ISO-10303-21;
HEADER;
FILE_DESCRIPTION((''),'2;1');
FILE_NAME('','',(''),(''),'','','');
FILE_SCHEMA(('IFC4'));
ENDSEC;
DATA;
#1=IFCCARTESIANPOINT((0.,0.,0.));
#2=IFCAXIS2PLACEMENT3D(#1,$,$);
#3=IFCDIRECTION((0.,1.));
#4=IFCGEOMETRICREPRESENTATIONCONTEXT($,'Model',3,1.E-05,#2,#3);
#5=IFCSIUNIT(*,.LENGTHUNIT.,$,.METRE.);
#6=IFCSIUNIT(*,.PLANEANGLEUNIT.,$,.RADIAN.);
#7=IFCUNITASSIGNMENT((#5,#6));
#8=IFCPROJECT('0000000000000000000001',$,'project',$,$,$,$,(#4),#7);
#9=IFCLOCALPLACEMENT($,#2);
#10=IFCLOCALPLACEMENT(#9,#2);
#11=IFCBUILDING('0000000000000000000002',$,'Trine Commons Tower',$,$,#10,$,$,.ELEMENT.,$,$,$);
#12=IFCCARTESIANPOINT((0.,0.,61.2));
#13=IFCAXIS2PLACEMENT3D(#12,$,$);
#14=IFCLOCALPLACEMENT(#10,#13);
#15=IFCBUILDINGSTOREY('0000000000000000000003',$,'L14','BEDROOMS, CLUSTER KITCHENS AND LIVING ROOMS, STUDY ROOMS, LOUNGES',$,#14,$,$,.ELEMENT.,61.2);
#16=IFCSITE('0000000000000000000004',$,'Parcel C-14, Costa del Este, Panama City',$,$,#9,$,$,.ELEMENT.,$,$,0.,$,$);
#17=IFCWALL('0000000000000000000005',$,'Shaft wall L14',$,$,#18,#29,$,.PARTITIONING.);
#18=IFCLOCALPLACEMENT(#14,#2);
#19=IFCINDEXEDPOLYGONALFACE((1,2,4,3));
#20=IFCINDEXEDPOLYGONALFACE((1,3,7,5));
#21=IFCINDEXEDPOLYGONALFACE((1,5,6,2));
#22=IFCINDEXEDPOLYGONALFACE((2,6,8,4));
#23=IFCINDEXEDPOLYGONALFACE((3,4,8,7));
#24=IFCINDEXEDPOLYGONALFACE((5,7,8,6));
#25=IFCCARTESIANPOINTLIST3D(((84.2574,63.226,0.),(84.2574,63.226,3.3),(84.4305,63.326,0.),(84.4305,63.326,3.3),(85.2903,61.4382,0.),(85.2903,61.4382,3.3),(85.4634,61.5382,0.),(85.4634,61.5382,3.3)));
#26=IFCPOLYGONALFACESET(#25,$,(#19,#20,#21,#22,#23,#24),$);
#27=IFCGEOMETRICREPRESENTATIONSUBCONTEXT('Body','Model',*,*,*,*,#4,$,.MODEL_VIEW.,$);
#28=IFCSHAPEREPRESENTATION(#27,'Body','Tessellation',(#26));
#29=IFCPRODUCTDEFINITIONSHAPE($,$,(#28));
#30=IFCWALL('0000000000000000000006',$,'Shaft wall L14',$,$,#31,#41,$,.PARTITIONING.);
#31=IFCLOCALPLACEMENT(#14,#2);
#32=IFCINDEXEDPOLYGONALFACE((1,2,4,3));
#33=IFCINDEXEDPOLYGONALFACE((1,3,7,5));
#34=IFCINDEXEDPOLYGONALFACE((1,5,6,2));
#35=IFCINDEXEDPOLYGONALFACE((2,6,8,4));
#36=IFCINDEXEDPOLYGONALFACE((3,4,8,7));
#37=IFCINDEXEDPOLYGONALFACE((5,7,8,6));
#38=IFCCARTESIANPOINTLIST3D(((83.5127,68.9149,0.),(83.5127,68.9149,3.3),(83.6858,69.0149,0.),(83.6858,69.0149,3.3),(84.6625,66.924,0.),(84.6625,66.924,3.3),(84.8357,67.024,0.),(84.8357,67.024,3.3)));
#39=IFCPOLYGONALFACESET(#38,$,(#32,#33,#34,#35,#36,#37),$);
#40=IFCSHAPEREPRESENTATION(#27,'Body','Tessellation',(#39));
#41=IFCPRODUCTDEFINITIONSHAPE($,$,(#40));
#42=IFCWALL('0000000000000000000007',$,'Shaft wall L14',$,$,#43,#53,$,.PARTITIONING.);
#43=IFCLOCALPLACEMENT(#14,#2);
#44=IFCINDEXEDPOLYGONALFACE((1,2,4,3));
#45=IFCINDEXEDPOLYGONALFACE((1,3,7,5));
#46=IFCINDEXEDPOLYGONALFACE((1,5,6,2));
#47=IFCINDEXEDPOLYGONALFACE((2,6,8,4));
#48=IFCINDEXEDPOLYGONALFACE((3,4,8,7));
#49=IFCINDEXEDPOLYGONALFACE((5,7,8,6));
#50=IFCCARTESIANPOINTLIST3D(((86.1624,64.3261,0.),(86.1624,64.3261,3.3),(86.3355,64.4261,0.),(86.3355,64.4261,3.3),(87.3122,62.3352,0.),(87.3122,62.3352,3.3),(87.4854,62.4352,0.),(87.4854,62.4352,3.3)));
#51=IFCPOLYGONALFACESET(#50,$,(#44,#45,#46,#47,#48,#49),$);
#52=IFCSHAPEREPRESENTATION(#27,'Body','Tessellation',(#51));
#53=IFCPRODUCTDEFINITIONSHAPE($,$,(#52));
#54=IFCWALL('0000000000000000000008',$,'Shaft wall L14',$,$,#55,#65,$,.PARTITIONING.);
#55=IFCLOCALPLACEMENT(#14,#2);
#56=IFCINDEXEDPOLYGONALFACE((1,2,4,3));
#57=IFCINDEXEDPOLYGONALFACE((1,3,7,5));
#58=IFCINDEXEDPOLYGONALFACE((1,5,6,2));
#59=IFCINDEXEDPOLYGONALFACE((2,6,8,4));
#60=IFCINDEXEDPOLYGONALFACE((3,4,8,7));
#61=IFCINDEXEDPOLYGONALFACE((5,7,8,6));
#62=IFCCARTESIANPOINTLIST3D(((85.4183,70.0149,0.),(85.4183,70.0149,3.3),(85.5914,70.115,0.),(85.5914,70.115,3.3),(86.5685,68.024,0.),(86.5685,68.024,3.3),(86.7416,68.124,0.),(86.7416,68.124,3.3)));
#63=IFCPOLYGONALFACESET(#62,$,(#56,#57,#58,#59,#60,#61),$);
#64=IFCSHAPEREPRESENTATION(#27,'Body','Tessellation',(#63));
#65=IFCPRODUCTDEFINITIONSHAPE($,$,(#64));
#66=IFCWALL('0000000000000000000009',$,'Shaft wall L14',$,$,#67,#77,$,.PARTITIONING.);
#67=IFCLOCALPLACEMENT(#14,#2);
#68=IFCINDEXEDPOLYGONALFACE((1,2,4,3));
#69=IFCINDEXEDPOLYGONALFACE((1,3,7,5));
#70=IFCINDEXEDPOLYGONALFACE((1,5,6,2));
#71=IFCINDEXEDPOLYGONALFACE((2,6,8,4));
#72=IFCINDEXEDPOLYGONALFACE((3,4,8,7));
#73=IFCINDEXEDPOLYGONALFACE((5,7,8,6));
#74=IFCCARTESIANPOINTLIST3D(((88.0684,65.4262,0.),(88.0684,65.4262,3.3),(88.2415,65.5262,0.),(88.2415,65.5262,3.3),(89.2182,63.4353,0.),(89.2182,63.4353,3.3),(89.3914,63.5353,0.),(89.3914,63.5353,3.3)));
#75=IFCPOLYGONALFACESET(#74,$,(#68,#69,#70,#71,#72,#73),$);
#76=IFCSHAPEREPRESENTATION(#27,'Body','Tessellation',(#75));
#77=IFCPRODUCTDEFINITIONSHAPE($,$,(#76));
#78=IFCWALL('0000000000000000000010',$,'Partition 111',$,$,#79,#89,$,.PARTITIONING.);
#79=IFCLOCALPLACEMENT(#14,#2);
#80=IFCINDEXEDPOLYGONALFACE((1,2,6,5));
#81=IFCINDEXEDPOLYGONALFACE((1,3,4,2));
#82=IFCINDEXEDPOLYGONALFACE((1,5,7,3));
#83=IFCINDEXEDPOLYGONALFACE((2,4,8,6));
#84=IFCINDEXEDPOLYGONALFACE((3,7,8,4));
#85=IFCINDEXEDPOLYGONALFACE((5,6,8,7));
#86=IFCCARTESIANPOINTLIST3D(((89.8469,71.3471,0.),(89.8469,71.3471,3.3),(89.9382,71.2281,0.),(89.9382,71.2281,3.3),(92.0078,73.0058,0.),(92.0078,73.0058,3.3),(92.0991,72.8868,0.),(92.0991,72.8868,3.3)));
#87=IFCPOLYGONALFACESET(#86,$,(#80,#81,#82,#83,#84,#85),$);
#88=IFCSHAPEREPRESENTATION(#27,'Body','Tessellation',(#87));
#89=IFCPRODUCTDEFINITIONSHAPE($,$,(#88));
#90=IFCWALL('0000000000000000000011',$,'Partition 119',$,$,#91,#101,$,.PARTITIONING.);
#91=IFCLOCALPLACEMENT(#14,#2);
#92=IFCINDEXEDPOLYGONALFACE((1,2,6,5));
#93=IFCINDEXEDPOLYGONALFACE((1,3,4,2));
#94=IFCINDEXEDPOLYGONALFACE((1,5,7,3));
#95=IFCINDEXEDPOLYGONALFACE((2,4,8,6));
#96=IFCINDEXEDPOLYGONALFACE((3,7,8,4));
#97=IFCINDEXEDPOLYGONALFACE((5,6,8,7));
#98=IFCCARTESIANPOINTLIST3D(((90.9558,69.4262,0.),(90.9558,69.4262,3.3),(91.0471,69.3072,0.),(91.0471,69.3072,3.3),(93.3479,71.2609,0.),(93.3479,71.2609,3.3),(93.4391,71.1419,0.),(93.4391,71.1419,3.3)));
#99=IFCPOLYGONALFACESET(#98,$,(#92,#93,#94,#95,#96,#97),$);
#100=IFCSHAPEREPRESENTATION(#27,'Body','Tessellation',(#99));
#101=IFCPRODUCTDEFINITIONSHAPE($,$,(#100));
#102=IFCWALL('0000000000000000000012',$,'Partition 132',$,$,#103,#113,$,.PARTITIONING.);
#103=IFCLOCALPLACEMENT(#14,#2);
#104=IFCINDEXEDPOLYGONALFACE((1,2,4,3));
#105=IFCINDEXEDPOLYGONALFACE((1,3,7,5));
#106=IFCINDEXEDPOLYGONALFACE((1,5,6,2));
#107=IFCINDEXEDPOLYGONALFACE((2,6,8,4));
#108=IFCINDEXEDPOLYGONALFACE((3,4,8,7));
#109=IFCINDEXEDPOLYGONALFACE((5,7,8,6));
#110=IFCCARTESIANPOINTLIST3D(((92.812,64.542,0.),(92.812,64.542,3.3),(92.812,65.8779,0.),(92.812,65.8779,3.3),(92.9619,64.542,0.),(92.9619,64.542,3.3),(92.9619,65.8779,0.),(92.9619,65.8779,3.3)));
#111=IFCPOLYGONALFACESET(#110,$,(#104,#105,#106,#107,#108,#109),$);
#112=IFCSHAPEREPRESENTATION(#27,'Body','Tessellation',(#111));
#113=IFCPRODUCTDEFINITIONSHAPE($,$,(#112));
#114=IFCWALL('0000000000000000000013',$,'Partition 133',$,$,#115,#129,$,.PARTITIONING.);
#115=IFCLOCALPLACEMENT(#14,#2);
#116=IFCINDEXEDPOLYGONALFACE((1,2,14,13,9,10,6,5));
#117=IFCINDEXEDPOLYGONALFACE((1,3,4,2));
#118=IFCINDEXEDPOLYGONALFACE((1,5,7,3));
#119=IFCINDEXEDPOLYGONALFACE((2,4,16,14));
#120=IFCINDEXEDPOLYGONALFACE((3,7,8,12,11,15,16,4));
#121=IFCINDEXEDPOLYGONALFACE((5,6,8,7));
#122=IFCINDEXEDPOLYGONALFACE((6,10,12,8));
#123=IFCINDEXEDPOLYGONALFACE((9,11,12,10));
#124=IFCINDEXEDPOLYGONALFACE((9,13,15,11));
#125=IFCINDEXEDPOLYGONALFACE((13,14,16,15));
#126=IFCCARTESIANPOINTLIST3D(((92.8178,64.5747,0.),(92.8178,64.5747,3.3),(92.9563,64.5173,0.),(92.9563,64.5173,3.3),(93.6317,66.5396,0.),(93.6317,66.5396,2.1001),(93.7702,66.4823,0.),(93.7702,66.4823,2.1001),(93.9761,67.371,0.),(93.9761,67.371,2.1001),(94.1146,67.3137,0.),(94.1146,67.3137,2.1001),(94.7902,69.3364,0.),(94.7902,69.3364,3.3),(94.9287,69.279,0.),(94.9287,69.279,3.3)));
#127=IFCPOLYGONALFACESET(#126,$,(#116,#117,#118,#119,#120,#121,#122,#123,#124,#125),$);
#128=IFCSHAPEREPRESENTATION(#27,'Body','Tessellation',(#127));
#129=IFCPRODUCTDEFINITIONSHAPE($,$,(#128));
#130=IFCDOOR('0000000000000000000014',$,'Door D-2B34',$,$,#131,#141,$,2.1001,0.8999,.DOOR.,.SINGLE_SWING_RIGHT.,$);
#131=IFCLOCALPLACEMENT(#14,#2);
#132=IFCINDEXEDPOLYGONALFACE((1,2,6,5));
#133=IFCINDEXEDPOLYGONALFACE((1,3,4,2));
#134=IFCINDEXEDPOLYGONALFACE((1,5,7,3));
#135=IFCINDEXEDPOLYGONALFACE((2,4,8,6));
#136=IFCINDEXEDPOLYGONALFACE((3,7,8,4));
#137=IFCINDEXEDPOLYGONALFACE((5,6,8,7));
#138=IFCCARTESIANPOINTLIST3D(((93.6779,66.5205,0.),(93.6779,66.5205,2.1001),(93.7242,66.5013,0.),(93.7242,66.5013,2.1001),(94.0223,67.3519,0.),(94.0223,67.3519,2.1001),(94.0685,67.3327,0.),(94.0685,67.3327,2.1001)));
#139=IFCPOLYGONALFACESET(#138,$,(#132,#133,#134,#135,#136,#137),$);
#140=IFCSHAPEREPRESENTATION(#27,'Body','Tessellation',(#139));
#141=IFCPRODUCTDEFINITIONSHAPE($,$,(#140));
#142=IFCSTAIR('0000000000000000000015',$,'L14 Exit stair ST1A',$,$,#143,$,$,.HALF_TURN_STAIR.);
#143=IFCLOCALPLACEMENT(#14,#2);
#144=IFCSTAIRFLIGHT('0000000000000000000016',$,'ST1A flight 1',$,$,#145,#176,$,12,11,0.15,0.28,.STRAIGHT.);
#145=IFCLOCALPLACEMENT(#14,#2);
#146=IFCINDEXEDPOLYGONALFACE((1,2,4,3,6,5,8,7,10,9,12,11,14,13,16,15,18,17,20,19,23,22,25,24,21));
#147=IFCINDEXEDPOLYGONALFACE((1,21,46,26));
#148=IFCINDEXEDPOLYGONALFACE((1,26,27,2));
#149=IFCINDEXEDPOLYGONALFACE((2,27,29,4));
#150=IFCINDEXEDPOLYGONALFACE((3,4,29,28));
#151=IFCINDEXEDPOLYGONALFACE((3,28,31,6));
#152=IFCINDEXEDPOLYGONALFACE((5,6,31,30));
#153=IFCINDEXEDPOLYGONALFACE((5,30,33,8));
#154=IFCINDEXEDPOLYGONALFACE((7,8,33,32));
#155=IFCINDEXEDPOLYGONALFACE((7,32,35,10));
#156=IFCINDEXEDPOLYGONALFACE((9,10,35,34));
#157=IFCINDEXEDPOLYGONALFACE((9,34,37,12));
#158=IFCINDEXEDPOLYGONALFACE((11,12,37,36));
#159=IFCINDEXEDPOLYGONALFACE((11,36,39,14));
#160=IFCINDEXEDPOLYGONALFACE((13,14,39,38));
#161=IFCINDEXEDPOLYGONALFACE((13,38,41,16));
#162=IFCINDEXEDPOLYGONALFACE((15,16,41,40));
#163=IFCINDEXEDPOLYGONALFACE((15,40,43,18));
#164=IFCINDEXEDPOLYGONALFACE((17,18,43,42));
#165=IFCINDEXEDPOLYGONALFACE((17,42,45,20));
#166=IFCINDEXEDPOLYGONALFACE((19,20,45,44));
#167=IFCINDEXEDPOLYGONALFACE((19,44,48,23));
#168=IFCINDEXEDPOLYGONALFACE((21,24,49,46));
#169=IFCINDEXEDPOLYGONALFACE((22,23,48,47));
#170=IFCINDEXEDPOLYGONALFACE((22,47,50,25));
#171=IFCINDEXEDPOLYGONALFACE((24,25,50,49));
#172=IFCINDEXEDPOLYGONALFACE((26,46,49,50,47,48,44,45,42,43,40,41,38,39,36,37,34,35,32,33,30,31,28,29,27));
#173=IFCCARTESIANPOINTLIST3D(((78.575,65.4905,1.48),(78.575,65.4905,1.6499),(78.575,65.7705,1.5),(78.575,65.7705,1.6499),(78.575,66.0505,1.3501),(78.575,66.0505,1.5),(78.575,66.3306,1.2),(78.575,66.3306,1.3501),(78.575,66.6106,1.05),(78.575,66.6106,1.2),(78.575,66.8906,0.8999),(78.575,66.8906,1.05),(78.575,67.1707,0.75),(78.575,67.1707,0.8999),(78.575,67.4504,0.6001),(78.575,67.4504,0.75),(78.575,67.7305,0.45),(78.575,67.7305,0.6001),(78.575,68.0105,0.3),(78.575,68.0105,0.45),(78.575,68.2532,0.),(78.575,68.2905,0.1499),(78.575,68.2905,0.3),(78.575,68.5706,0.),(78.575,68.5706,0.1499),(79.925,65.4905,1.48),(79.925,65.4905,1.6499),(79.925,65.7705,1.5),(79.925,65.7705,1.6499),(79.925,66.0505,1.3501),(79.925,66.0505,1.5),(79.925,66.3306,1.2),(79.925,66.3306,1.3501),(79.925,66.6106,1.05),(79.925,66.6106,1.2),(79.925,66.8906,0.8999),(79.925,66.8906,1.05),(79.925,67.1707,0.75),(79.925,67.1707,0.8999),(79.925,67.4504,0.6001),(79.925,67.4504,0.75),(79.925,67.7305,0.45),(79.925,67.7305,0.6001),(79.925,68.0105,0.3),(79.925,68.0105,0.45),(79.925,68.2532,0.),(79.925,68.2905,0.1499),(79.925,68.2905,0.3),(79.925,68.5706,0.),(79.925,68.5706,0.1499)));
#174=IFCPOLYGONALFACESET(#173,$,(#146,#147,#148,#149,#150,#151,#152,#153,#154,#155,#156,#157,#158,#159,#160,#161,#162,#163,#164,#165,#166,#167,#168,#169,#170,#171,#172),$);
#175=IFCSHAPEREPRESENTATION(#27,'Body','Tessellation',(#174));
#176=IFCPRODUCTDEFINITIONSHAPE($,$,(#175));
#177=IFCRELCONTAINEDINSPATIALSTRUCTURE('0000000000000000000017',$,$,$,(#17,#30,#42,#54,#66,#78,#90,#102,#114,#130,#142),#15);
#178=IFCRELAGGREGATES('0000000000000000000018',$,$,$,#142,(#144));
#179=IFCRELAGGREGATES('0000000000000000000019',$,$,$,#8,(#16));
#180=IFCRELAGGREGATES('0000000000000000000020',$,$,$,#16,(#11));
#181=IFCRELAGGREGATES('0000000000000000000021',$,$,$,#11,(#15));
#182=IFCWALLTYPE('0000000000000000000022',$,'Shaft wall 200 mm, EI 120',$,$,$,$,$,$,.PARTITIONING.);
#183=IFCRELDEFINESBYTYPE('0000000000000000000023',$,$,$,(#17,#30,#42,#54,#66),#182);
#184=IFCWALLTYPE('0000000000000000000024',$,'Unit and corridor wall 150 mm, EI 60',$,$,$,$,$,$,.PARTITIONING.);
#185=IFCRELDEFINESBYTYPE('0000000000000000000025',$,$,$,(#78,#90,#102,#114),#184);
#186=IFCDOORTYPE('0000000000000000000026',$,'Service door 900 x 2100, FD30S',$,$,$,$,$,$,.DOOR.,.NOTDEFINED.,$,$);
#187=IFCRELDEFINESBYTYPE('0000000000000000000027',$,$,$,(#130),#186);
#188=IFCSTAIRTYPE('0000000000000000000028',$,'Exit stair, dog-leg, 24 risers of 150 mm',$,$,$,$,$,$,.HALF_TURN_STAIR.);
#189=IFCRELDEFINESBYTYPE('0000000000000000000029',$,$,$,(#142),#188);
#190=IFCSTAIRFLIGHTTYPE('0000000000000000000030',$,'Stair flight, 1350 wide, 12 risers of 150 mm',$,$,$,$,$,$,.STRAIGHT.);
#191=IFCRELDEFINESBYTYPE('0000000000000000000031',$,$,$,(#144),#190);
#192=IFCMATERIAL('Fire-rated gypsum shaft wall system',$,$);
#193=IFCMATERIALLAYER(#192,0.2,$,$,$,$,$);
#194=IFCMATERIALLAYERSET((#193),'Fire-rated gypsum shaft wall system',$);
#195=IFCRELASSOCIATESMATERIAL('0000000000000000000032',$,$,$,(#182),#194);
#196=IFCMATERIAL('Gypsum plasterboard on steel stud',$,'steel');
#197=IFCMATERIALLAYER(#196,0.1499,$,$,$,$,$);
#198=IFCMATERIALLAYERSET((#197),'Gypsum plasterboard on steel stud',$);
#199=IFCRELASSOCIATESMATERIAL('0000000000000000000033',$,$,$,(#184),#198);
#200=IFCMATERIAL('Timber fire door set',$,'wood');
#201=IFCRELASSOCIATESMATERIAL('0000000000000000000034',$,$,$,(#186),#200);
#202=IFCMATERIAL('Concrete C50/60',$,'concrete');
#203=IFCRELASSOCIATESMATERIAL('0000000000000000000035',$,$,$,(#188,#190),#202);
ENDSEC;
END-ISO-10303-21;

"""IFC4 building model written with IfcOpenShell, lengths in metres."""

from ifc_helpers import new_model, si_unit, direction, frame, frame_2d, origin, place, context, subcontext, project, spatial, polyline, rectangle, outline, extrude, material, layer, layer_set, type_object, element, fill, aggregate, save


model = new_model("IFC4")

# Units and contexts
model_context = context("Model", 3, precision=1e-05, world=origin(), true_north=direction((0.0, 1.0)))
body_context = subcontext(model_context, "Body", "Model", "MODEL_VIEW")
ifc_project = project(units=[si_unit("LENGTHUNIT", "METRE"), si_unit("PLANEANGLEUNIT", "RADIAN")], contexts=[model_context])

# Site, building, storey
site_placement = place(None, origin())
site = spatial("IfcSite", under=ifc_project, at=site_placement, Name="Parcel C-14, Costa del Este, Panama City", CompositionType="ELEMENT", RefElevation=0.0)
building_placement = place(site_placement, origin())
building = spatial("IfcBuilding", under=site, at=building_placement, Name="Trine Commons Tower", CompositionType="ELEMENT")
storey_placement = place(building_placement, frame((0.0, 0.0, 61.2)))
storey = spatial("IfcBuildingStorey", under=building, at=storey_placement, Name="L14", Description="BEDROOMS, CLUSTER KITCHENS AND LIVING ROOMS, STUDY ROOMS, LOUNGES", CompositionType="ELEMENT", Elevation=61.2)

# Shared definitions
ifc_material_1 = material(Name="Concrete C50/60", Category="concrete")

# Walls
ifc_material_2 = material(Name="Fire-rated gypsum shaft wall system")
ifc_layer_1 = layer(ifc_material_2, 0.2)
ifc_layer_set_1 = layer_set([ifc_layer_1], Name="Fire-rated gypsum shaft wall system")
wall_type_1 = type_object("IfcWallType", Name="Shaft wall 200 mm, EI 120", PredefinedType="PARTITIONING", material=ifc_layer_set_1)
wall_1_placement = place(storey_placement, frame((84.344, 63.2759, 0.0), z_axis=(0.0, 0.0, 1.0), x_axis=(0.500272, -0.865868, 0.0)))
element("IfcWall", 1, at=wall_1_placement, inside=storey, type_object=wall_type_1, Name="Shaft wall L14", PredefinedType="PARTITIONING", context=body_context, shape_type="SweptSolid", body=[
    extrude(rectangle(XDim=2.0647, YDim=0.2, at=frame_2d((1.0322, 0.0))), origin(), (0.0, 0.0, 1.0), 3.3),
])
for number, where, z_axis, x_axis, name in (
    (2, (84.749, 66.9741, 0.0), (0.0, 0.0, 1.0), (-0.500136, 0.865947, 0.0), "Shaft wall L14"),
    (3, (86.249, 64.376, 0.0), (0.0, 0.0, 1.0), (0.500136, -0.865947, 0.0), "Shaft wall L14"),
):
    element("IfcWall", number, at=place(storey_placement, frame(where, z_axis=z_axis, x_axis=x_axis)), inside=storey, type_object=wall_type_1, Name=name, PredefinedType="PARTITIONING", context=body_context, shape_type="SweptSolid", body=[
        extrude(rectangle(XDim=2.2991, YDim=0.2, at=frame_2d((1.1494, 0.0))), origin(), (0.0, 0.0, 1.0), 3.3),
    ])
wall_2_placement = place(storey_placement, frame((86.655, 68.074, 0.0), z_axis=(0.0, 0.0, 1.0), x_axis=(-0.500216, 0.865901, 0.0)))
element("IfcWall", 4, at=wall_2_placement, inside=storey, type_object=wall_type_1, Name="Shaft wall L14", PredefinedType="PARTITIONING", context=body_context, shape_type="SweptSolid", body=[
    extrude(rectangle(XDim=2.2993, YDim=0.2, at=frame_2d((1.1497, 0.0))), origin(), (0.0, 0.0, 1.0), 3.3),
])
wall_3_placement = place(storey_placement, frame((88.155, 65.4761, 0.0), z_axis=(0.0, 0.0, 1.0), x_axis=(0.500136, -0.865947, 0.0)))
element("IfcWall", 5, at=wall_3_placement, inside=storey, type_object=wall_type_1, Name="Shaft wall L14", PredefinedType="PARTITIONING", context=body_context, shape_type="SweptSolid", body=[
    extrude(rectangle(XDim=2.2991, YDim=0.2, at=frame_2d((1.1494, 0.0))), origin(), (0.0, 0.0, 1.0), 3.3),
])
ifc_material_3 = material(Name="Gypsum plasterboard on steel stud", Category="steel")
ifc_layer_2 = layer(ifc_material_3, 0.1499)
ifc_layer_set_2 = layer_set([ifc_layer_2], Name="Gypsum plasterboard on steel stud")
wall_type_2 = type_object("IfcWallType", Name="Unit and corridor wall 150 mm, EI 60", PredefinedType="PARTITIONING", material=ifc_layer_set_2)
wall_4_placement = place(storey_placement, frame((89.8926, 71.2876, 0.0), z_axis=(0.0, 0.0, 1.0), x_axis=(0.79325, 0.608896, 0.0)))
element("IfcWall", 6, at=wall_4_placement, inside=storey, type_object=wall_type_2, Name="Partition 111", PredefinedType="PARTITIONING", context=body_context, shape_type="SweptSolid", body=[
    extrude(rectangle(XDim=2.7241, YDim=0.1499, at=frame_2d((1.3621, 0.0))), origin(), (0.0, 0.0, 1.0), 3.3),
])
wall_5_placement = place(storey_placement, frame((91.0015, 69.3667, 0.0), z_axis=(0.0, 0.0, 1.0), x_axis=(0.793481, 0.608595, 0.0)))
element("IfcWall", 7, at=wall_5_placement, inside=storey, type_object=wall_type_2, Name="Partition 119", PredefinedType="PARTITIONING", context=body_context, shape_type="SweptSolid", body=[
    extrude(rectangle(XDim=3.0146, YDim=0.1499, at=frame_2d((1.5073, 0.0))), origin(), (0.0, 0.0, 1.0), 3.3),
])
wall_6_placement = place(storey_placement, frame((92.887, 64.542, 0.0), z_axis=(0.0, 0.0, 1.0), x_axis=(0.0, 1.0, 0.0)))
element("IfcWall", 8, at=wall_6_placement, inside=storey, type_object=wall_type_2, Name="Partition 132", PredefinedType="PARTITIONING", context=body_context, shape_type="SweptSolid", body=[
    extrude(rectangle(XDim=1.3359, YDim=0.1499, at=frame_2d((0.668, 0.0))), origin(), (0.0, 0.0, 1.0), 3.3),
])

# Wall, opening, door
wall_7_placement = place(storey_placement, frame((92.887, 64.5459, 0.0), z_axis=(0.0, 0.0, 1.0), x_axis=(0.382691, 0.923877, 0.0)))
wall_7 = element("IfcWall", 9, at=wall_7_placement, inside=storey, type_object=wall_type_2, Name="Partition 133", PredefinedType="PARTITIONING", context=body_context, shape_type="SweptSolid", body=[
    extrude(rectangle(XDim=5.1541, YDim=0.1499, at=frame_2d((2.5771, 0.0))), origin(), (0.0, 0.0, 1.0), 3.3),
])
opening_1_placement = place(wall_7_placement, frame((2.127, 0.0, 0.0)))
opening_1 = element("IfcOpeningElement", 10, at=opening_1_placement, cuts=wall_7, PredefinedType="OPENING", context=body_context, shape_type="SweptSolid", body=[
    extrude(rectangle(XDim=0.8999, YDim=2.1001, at=frame_2d((0.45, 1.05))), frame((0.0, 0.085, 0.0), z_axis=(0.0, -1.0, 0.0), x_axis=(1.0, 0.0, 0.0)), (0.0, 0.0, 1.0), 0.1699),
])
ifc_material_4 = material(Name="Timber fire door set", Category="wood")
door_type_1 = type_object("IfcDoorType", Name="Service door 900 x 2100, FD30S", OperationType="NOTDEFINED", PredefinedType="DOOR", material=ifc_material_4)
door_1_placement = place(opening_1_placement, origin())
door_1 = element("IfcDoor", 11, at=door_1_placement, inside=storey, type_object=door_type_1, Name="Door D-2B34", OperationType="SINGLE_SWING_RIGHT", OverallHeight=2.1001, OverallWidth=0.8999, PredefinedType="DOOR", context=body_context, shape_type="SweptSolid", body=[
    extrude(rectangle(XDim=0.8999, YDim=2.1001, at=frame_2d((0.45, 1.05))), frame((0.0, 0.0249, 0.0), z_axis=(0.0, -1.0, 0.0), x_axis=(1.0, 0.0, 0.0)), (0.0, 0.0, 1.0), 0.05),
])
fill(opening_1, door_1)

# Stair, stair flight
stair_type = type_object("IfcStairType", Name="Exit stair, dog-leg, 24 risers of 150 mm", PredefinedType="HALF_TURN_STAIR", material=ifc_material_1)
stair_placement = place(storey_placement, origin())
stair = element("IfcStair", 12, at=stair_placement, inside=storey, type_object=stair_type, Name="L14 Exit stair ST1A", PredefinedType="HALF_TURN_STAIR")
stair_flight_type = type_object("IfcStairFlightType", Name="Stair flight, 1350 wide, 12 risers of 150 mm", PredefinedType="STRAIGHT", material=ifc_material_1)
stair_flight_1_placement = place(storey_placement, frame((79.25, 68.5706, 0.0), z_axis=(0.0, 0.0, 1.0), x_axis=(0.0, -1.0, 0.0)))
stair_flight_1 = element("IfcStairFlight", 13, at=stair_flight_1_placement, type_object=stair_flight_type, Name="ST1A flight 1", NumberOfRisers=12, NumberOfTreads=11, PredefinedType="STRAIGHT", RiserHeight=0.15, TreadLength=0.28, context=body_context, shape_type="SweptSolid", body=[
    extrude(outline(polyline([(0.0, 0.0), (0.0, 0.1499), (0.28, 0.1499), (0.28, 0.3), (0.5601, 0.3), (0.5601, 0.45), (0.8401, 0.45), (0.8401, 0.6001), (1.1201, 0.6001), (1.1201, 0.75), (1.3999, 0.75), (1.3999, 0.8999), (1.6799, 0.8999), (1.6799, 1.05), (1.96, 1.05), (1.96, 1.2), (2.24, 1.2), (2.24, 1.3501), (2.52, 1.3501), (2.52, 1.5), (2.8, 1.5), (2.8, 1.6499), (3.0801, 1.6499), (3.0801, 1.8), (3.0801, 1.48), (0.3174, 0.0), (0.0, 0.0)])), frame((0.0, 0.675, 0.0), z_axis=(0.0, -1.0, 0.0), x_axis=(1.0, 0.0, 0.0)), (0.0, 0.0, 1.0), 1.3501),
])
aggregate(stair, [stair_flight_1])

save(model, "model.ifc")
